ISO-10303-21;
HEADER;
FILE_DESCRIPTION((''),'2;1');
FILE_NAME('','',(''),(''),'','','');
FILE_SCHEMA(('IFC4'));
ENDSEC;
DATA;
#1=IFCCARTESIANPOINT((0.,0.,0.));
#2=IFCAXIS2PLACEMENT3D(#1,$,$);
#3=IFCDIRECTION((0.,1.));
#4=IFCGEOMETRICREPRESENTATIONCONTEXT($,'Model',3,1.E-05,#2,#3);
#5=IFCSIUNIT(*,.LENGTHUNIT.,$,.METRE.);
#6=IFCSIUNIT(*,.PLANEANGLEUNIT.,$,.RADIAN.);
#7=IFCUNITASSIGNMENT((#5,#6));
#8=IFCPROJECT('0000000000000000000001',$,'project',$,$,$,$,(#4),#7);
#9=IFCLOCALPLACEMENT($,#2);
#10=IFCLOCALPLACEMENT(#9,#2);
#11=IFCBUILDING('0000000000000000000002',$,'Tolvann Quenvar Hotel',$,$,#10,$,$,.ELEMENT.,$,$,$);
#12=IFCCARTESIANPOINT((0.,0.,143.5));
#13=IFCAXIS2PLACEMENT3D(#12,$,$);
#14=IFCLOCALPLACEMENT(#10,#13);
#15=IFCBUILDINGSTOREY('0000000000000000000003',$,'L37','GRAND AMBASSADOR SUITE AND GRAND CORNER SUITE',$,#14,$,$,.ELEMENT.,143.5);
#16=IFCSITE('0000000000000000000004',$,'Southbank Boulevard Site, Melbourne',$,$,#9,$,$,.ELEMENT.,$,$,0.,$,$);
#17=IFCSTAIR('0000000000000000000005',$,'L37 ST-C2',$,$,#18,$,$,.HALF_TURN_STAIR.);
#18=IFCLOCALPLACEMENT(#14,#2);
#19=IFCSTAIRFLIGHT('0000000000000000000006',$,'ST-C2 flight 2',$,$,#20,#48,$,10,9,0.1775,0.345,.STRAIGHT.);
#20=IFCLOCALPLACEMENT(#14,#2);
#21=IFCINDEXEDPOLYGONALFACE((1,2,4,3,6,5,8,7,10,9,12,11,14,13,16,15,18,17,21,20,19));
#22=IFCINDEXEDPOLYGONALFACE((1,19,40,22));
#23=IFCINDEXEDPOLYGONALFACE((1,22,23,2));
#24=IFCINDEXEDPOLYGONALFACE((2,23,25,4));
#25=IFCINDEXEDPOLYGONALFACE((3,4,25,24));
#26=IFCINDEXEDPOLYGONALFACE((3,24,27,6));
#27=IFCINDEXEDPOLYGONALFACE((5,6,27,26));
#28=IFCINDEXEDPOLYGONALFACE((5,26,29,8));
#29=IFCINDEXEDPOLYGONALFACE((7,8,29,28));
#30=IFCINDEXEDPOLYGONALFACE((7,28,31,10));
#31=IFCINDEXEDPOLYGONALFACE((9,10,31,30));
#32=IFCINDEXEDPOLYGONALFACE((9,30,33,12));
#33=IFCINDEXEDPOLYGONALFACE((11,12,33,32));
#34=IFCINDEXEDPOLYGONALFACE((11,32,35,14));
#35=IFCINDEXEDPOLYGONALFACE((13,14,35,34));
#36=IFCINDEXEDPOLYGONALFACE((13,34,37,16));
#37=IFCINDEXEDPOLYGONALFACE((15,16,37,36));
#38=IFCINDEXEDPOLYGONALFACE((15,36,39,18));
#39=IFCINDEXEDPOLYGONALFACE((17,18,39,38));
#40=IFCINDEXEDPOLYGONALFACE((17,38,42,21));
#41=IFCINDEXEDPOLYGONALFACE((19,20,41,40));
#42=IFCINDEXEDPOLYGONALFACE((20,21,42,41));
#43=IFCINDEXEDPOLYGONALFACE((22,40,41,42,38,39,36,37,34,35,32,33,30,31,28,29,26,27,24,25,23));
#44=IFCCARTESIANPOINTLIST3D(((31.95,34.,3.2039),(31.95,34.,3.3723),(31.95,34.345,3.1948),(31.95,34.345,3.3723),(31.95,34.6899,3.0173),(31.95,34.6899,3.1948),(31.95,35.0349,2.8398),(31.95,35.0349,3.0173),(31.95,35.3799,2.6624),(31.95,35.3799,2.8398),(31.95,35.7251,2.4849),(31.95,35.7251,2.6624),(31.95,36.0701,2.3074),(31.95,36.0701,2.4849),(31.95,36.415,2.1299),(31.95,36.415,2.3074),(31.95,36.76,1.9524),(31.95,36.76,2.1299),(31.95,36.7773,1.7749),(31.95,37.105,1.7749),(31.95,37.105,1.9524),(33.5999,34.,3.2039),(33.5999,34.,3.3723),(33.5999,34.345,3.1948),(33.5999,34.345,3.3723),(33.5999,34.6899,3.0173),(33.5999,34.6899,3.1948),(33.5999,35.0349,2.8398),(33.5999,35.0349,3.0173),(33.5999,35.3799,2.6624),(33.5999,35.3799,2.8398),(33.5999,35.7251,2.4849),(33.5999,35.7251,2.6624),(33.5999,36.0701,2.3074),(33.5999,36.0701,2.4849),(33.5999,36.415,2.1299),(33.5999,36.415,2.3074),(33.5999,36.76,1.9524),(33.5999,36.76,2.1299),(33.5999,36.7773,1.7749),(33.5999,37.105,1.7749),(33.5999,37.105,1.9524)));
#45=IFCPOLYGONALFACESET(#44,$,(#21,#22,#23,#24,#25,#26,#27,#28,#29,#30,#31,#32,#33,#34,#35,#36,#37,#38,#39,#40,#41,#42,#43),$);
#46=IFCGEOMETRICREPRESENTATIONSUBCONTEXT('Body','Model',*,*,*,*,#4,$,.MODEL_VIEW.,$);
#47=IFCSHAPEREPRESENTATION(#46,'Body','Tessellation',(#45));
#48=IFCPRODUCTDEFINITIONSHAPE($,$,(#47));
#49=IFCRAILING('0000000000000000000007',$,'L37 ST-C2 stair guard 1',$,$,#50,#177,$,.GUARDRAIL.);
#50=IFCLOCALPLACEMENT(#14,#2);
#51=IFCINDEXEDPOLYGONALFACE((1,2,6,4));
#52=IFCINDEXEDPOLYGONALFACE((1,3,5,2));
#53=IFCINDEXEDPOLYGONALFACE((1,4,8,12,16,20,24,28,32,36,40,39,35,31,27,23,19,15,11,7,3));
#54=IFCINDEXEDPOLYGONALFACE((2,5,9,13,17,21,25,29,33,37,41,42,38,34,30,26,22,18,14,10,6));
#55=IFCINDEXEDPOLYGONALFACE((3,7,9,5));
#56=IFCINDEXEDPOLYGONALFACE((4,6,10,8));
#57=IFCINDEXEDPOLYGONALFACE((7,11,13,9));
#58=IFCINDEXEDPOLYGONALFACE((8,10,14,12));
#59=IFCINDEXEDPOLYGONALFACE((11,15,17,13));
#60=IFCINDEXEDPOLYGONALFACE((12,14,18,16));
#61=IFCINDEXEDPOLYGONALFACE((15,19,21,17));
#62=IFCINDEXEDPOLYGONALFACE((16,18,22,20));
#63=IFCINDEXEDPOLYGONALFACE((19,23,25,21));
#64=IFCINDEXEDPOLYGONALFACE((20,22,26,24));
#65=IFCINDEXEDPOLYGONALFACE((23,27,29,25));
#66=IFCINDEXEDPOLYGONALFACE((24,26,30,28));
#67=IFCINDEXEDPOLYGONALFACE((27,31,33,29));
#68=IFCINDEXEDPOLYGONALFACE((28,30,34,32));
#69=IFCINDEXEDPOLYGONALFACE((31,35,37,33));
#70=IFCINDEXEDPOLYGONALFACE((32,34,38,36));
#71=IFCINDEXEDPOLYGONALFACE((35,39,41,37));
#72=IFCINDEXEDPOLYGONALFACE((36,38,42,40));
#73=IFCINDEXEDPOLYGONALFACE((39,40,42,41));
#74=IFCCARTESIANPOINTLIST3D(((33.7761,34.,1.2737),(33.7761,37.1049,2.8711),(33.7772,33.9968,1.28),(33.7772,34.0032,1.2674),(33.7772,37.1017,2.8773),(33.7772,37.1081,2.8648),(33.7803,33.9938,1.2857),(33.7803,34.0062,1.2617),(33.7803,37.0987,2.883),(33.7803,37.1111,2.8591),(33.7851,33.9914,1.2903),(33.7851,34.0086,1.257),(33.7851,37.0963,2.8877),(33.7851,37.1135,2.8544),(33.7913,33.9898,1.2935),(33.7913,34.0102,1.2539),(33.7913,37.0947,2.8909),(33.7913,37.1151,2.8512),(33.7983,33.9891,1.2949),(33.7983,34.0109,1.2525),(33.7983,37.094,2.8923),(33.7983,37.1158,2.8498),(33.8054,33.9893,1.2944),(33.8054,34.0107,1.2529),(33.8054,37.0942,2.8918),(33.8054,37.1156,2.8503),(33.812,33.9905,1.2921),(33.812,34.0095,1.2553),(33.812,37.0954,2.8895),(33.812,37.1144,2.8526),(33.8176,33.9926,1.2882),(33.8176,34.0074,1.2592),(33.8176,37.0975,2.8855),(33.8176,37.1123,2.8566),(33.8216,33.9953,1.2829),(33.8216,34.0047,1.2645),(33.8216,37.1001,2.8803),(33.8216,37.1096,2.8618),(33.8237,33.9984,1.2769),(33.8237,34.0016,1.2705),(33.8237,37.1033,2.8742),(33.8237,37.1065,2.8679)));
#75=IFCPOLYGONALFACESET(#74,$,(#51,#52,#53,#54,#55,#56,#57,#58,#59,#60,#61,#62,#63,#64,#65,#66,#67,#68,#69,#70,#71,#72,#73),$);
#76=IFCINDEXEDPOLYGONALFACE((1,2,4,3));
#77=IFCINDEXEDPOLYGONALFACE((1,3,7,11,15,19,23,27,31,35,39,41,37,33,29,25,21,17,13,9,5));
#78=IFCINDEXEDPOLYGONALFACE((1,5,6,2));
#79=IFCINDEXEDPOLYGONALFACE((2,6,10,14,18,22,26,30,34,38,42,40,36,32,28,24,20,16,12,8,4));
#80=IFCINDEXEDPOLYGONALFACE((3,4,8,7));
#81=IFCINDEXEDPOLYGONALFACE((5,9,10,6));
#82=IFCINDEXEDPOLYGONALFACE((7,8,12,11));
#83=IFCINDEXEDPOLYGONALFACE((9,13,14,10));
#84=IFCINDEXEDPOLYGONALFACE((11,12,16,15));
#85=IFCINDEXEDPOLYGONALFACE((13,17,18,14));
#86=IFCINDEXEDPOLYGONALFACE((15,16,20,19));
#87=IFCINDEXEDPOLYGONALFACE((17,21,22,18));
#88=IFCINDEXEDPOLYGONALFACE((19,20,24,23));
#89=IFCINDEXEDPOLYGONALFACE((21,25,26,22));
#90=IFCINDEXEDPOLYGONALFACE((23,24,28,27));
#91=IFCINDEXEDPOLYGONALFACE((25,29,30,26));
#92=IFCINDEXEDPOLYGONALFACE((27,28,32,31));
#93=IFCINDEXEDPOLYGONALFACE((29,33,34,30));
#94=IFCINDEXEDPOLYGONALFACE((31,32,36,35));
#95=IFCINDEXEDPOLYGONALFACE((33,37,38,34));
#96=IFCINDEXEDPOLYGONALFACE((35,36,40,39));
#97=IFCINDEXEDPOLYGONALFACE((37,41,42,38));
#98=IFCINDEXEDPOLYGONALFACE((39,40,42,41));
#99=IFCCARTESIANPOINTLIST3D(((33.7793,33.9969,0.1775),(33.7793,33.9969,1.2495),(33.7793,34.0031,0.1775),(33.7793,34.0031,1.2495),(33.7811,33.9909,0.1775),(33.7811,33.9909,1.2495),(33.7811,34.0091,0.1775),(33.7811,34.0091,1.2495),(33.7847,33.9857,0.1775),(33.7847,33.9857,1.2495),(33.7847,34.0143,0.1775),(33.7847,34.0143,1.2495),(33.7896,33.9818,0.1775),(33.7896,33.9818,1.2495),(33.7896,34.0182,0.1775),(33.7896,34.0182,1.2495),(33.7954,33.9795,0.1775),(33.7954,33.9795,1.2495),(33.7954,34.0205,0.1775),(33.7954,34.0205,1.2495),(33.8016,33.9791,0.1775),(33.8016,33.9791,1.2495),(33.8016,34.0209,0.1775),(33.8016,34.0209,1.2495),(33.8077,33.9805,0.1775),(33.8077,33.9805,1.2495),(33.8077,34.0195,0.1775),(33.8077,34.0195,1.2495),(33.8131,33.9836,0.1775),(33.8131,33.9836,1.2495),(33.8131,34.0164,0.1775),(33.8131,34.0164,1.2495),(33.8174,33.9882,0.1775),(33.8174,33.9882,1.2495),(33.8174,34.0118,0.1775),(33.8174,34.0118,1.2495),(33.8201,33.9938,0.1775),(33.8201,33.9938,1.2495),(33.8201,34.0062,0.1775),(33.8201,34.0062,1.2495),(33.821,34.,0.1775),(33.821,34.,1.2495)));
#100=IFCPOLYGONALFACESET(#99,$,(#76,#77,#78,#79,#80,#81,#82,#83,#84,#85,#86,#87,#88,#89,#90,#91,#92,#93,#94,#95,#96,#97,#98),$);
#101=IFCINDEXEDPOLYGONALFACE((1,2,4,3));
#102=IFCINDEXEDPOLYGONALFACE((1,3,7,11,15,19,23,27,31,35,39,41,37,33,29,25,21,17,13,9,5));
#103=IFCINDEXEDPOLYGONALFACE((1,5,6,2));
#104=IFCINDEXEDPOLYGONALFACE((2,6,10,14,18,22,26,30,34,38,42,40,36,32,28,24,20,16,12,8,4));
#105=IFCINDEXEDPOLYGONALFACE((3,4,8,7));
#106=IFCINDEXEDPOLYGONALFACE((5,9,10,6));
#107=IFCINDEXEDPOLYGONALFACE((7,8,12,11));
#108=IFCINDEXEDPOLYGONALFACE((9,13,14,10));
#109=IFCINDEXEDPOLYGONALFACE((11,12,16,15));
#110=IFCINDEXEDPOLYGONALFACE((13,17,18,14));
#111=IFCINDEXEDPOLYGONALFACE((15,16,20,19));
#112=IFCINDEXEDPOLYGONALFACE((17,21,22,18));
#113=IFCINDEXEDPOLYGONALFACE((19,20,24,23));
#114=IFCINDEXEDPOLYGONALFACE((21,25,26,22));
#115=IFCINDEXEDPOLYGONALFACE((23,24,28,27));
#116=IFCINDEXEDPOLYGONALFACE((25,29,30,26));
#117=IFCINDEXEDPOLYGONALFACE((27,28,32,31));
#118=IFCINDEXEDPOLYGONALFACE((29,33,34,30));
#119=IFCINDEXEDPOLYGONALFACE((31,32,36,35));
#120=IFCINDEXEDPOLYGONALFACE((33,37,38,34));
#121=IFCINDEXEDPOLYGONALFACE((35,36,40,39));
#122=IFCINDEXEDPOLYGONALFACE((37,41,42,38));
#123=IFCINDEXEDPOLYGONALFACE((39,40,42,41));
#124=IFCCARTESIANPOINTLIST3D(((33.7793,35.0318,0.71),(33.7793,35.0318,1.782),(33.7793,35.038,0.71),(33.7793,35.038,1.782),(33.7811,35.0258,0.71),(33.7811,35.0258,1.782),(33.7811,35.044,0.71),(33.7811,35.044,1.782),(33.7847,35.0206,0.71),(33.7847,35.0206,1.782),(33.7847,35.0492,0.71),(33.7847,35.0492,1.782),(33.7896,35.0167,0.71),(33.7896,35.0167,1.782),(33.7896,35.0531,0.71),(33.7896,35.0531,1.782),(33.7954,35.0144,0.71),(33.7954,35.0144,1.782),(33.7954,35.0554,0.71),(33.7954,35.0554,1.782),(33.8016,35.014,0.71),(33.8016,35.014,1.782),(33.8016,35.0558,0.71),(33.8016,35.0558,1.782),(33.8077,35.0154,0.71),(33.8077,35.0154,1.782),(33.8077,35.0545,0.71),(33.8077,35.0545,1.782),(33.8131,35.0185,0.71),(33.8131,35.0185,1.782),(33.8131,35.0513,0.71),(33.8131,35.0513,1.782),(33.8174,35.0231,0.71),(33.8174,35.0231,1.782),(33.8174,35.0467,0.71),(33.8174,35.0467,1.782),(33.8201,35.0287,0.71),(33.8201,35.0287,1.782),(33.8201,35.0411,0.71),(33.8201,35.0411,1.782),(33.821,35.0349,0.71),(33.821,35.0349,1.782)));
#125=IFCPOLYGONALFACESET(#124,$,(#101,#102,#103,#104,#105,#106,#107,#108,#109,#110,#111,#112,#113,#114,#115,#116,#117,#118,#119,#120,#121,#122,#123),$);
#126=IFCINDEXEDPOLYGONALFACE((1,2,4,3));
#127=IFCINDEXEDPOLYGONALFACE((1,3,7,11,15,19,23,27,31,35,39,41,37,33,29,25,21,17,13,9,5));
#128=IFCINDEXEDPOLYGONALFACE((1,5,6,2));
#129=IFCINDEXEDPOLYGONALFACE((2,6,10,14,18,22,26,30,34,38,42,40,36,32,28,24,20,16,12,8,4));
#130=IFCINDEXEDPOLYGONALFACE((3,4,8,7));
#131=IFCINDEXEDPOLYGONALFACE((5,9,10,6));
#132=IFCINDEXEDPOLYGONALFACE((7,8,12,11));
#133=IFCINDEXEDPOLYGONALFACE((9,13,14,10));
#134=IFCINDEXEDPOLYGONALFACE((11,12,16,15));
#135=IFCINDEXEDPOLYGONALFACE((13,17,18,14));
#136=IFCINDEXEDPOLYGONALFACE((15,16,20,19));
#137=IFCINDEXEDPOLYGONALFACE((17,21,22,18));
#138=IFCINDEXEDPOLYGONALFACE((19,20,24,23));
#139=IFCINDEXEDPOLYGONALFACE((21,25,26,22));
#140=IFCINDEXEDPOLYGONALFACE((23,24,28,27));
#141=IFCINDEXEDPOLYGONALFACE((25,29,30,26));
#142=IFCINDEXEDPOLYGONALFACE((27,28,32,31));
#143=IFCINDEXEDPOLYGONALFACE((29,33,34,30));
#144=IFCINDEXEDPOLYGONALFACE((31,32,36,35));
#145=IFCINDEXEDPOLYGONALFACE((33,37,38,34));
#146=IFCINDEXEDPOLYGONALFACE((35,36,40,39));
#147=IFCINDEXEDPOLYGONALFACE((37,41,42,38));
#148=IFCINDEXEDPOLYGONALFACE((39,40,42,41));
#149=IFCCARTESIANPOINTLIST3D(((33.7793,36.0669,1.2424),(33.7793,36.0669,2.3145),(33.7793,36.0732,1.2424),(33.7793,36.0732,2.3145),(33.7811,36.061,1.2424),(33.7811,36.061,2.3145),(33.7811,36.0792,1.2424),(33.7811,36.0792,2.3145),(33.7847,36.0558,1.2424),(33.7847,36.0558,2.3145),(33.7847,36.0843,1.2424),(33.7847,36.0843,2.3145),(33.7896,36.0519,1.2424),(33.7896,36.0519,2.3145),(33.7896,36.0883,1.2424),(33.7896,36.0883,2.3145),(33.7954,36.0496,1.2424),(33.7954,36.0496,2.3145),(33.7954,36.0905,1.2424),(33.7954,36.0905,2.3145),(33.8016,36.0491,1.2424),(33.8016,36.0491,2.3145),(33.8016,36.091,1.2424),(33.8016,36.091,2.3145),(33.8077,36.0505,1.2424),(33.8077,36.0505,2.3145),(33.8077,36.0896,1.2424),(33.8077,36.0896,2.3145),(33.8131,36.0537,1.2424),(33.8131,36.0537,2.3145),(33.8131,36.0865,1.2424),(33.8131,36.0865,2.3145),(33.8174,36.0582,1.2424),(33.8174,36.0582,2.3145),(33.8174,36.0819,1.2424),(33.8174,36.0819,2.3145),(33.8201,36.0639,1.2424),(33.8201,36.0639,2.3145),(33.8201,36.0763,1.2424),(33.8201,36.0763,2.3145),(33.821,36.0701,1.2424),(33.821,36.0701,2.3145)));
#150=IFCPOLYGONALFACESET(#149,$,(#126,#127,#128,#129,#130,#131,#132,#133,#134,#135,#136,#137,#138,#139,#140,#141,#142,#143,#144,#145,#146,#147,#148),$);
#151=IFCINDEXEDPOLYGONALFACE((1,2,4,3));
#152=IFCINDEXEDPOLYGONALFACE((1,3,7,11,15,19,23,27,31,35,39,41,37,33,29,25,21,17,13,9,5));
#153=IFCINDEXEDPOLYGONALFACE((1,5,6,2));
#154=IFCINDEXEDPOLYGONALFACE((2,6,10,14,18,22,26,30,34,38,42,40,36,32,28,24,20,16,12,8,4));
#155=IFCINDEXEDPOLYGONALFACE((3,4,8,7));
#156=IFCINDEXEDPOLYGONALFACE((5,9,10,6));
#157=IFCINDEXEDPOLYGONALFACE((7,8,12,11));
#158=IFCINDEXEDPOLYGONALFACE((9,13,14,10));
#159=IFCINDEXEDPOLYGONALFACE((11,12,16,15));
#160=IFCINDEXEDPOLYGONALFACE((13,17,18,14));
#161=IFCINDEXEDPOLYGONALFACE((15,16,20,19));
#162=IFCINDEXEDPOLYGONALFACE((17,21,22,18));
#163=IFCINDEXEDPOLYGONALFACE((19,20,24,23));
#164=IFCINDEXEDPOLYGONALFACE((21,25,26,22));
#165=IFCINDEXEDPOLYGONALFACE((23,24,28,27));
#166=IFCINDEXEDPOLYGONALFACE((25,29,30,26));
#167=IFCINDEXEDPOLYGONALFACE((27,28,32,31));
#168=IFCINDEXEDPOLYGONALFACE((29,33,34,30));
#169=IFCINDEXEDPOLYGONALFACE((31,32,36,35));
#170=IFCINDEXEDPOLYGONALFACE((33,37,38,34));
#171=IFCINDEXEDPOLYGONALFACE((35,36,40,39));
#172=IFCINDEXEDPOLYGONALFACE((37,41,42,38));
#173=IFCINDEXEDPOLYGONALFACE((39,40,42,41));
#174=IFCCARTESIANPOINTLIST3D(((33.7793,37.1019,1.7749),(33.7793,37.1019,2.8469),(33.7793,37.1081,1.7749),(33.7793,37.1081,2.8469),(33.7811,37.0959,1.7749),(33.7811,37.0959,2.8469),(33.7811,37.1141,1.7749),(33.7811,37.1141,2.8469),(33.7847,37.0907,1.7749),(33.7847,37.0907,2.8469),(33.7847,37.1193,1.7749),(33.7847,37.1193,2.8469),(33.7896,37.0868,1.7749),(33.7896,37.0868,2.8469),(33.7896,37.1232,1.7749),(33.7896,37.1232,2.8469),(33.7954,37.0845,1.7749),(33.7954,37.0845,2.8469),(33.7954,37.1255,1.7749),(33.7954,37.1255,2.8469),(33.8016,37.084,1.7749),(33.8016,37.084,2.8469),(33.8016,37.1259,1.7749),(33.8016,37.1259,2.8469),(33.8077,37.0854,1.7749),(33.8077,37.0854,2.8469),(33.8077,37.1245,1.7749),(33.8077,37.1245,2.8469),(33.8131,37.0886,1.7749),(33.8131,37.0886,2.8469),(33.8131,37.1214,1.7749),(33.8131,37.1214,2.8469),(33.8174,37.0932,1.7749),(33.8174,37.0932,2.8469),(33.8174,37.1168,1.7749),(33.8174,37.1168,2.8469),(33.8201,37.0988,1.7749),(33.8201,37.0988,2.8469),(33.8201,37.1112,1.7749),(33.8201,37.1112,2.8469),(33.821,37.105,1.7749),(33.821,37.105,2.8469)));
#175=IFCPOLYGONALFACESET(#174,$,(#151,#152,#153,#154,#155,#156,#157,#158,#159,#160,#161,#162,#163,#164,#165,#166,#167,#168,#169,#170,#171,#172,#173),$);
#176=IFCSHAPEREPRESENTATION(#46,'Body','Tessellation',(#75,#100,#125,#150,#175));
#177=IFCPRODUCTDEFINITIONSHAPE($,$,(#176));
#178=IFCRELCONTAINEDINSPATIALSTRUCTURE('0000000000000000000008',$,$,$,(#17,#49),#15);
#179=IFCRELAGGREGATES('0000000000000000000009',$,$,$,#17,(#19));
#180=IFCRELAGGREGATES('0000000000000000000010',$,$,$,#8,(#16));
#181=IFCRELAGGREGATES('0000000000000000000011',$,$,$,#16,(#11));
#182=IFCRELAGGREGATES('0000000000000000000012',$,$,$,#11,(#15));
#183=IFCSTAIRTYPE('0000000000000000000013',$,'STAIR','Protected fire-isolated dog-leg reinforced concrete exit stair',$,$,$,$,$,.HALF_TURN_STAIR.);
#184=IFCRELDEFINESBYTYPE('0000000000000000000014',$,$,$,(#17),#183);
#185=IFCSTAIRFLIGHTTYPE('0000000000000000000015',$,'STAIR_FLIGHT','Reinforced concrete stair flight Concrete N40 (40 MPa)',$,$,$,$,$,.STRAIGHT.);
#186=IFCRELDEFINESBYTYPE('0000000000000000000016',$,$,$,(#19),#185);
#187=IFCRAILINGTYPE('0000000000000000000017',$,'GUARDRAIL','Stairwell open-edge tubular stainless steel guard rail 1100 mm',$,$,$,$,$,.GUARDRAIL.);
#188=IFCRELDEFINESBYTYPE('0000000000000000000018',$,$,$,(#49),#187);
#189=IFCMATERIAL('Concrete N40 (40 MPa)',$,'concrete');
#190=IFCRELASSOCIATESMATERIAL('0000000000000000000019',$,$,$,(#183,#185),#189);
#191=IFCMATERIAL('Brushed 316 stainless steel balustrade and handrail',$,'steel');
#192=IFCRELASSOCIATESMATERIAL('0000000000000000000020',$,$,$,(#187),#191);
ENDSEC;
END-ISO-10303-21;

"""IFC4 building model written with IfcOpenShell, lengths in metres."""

from ifc_helpers import new_model, si_unit, direction, frame, origin, origin_2d, place, context, subcontext, project, spatial, polyline, circle, outline, extrude, material, type_object, element, aggregate, save


model = new_model("IFC4")

# Units and contexts
model_context = context("Model", 3, precision=1e-05, world=origin(), true_north=direction((0.0, 1.0)))
body_context = subcontext(model_context, "Body", "Model", "MODEL_VIEW")
ifc_project = project(units=[si_unit("LENGTHUNIT", "METRE"), si_unit("PLANEANGLEUNIT", "RADIAN")], contexts=[model_context])

# Site, building, storey
site_placement = place(None, origin())
site = spatial("IfcSite", under=ifc_project, at=site_placement, Name="Southbank Boulevard Site, Melbourne", CompositionType="ELEMENT", RefElevation=0.0)
building_placement = place(site_placement, origin())
building = spatial("IfcBuilding", under=site, at=building_placement, Name="Tolvann Quenvar Hotel", CompositionType="ELEMENT")
storey_placement = place(building_placement, frame((0.0, 0.0, 143.5)))
storey = spatial("IfcBuildingStorey", under=building, at=storey_placement, Name="L37", Description="GRAND AMBASSADOR SUITE AND GRAND CORNER SUITE", CompositionType="ELEMENT", Elevation=143.5)

# Shared definitions
ifc_material_1 = material(Name="Concrete N40 (40 MPa)", Category="concrete")

# Stair, stair flight
stair_type = type_object("IfcStairType", Name="STAIR", Description="Protected fire-isolated dog-leg reinforced concrete exit stair", PredefinedType="HALF_TURN_STAIR", material=ifc_material_1)
stair_placement = place(storey_placement, origin())
stair = element("IfcStair", 1, at=stair_placement, inside=storey, type_object=stair_type, Name="L37 ST-C2", PredefinedType="HALF_TURN_STAIR")
stair_flight_type = type_object("IfcStairFlightType", Name="STAIR_FLIGHT", Description="Reinforced concrete stair flight Concrete N40 (40 MPa)", PredefinedType="STRAIGHT", material=ifc_material_1)
stair_flight_1_placement = place(storey_placement, frame((32.7749, 37.105, 1.7749), z_axis=(0.0, 0.0, 1.0), x_axis=(0.0, -1.0, 0.0)))
stair_flight_1 = element("IfcStairFlight", 2, at=stair_flight_1_placement, type_object=stair_flight_type, Name="ST-C2 flight 2", NumberOfRisers=10, NumberOfTreads=9, PredefinedType="STRAIGHT", RiserHeight=0.1775, TreadLength=0.345, context=body_context, shape_type="SweptSolid", body=[
    extrude(outline(polyline([(0.0, 0.0), (0.0, 0.1775), (0.345, 0.1775), (0.345, 0.355), (0.6899, 0.355), (0.6899, 0.5325), (1.0349, 0.5325), (1.0349, 0.71), (1.3799, 0.71), (1.3799, 0.8875), (1.7251, 0.8875), (1.7251, 1.0649), (2.0701, 1.0649), (2.0701, 1.2424), (2.415, 1.2424), (2.415, 1.4199), (2.76, 1.4199), (2.76, 1.5974), (3.105, 1.5974), (3.105, 1.7749), (3.105, 1.429), (0.3276, 0.0), (0.0, 0.0)])), frame((0.0, 0.825, 0.0), z_axis=(0.0, -1.0, 0.0), x_axis=(1.0, 0.0, 0.0)), (0.0, 0.0, 1.0), 1.6499),
])
aggregate(stair, [stair_flight_1])

# Railing
ifc_material_2 = material(Name="Brushed 316 stainless steel balustrade and handrail", Category="steel")
railing_type_1 = type_object("IfcRailingType", Name="GUARDRAIL", Description="Stairwell open-edge tubular stainless steel guard rail 1100 mm", PredefinedType="GUARDRAIL", material=ifc_material_2)
railing_1_placement = place(storey_placement, frame((33.8, 34.0, 0.1775)))
element("IfcRailing", 3, at=railing_1_placement, inside=storey, type_object=railing_type_1, Name="L37 ST-C2 stair guard 1", PredefinedType="GUARDRAIL", context=body_context, shape_type="SweptSolid", body=[
    extrude(circle(Radius=0.0239, at=origin_2d()), frame((0.0, 0.0, 1.0962), z_axis=(0.0, 0.889222, 0.457476), x_axis=(-1.0, 0.0, 0.0)), (0.0, 0.0, 1.0), 3.4917),
    extrude(circle(Radius=0.021, at=origin_2d()), origin(), (0.0, 0.0, 1.0), 1.072),
    extrude(circle(Radius=0.021, at=origin_2d()), frame((0.0, 1.0349, 0.5325)), (0.0, 0.0, 1.0), 1.072),
    extrude(circle(Radius=0.021, at=origin_2d()), frame((0.0, 2.0701, 1.0649)), (0.0, 0.0, 1.0), 1.072),
    extrude(circle(Radius=0.021, at=origin_2d()), frame((0.0, 3.105, 1.5974)), (0.0, 0.0, 1.0), 1.072),
])

save(model, "model.ifc")
